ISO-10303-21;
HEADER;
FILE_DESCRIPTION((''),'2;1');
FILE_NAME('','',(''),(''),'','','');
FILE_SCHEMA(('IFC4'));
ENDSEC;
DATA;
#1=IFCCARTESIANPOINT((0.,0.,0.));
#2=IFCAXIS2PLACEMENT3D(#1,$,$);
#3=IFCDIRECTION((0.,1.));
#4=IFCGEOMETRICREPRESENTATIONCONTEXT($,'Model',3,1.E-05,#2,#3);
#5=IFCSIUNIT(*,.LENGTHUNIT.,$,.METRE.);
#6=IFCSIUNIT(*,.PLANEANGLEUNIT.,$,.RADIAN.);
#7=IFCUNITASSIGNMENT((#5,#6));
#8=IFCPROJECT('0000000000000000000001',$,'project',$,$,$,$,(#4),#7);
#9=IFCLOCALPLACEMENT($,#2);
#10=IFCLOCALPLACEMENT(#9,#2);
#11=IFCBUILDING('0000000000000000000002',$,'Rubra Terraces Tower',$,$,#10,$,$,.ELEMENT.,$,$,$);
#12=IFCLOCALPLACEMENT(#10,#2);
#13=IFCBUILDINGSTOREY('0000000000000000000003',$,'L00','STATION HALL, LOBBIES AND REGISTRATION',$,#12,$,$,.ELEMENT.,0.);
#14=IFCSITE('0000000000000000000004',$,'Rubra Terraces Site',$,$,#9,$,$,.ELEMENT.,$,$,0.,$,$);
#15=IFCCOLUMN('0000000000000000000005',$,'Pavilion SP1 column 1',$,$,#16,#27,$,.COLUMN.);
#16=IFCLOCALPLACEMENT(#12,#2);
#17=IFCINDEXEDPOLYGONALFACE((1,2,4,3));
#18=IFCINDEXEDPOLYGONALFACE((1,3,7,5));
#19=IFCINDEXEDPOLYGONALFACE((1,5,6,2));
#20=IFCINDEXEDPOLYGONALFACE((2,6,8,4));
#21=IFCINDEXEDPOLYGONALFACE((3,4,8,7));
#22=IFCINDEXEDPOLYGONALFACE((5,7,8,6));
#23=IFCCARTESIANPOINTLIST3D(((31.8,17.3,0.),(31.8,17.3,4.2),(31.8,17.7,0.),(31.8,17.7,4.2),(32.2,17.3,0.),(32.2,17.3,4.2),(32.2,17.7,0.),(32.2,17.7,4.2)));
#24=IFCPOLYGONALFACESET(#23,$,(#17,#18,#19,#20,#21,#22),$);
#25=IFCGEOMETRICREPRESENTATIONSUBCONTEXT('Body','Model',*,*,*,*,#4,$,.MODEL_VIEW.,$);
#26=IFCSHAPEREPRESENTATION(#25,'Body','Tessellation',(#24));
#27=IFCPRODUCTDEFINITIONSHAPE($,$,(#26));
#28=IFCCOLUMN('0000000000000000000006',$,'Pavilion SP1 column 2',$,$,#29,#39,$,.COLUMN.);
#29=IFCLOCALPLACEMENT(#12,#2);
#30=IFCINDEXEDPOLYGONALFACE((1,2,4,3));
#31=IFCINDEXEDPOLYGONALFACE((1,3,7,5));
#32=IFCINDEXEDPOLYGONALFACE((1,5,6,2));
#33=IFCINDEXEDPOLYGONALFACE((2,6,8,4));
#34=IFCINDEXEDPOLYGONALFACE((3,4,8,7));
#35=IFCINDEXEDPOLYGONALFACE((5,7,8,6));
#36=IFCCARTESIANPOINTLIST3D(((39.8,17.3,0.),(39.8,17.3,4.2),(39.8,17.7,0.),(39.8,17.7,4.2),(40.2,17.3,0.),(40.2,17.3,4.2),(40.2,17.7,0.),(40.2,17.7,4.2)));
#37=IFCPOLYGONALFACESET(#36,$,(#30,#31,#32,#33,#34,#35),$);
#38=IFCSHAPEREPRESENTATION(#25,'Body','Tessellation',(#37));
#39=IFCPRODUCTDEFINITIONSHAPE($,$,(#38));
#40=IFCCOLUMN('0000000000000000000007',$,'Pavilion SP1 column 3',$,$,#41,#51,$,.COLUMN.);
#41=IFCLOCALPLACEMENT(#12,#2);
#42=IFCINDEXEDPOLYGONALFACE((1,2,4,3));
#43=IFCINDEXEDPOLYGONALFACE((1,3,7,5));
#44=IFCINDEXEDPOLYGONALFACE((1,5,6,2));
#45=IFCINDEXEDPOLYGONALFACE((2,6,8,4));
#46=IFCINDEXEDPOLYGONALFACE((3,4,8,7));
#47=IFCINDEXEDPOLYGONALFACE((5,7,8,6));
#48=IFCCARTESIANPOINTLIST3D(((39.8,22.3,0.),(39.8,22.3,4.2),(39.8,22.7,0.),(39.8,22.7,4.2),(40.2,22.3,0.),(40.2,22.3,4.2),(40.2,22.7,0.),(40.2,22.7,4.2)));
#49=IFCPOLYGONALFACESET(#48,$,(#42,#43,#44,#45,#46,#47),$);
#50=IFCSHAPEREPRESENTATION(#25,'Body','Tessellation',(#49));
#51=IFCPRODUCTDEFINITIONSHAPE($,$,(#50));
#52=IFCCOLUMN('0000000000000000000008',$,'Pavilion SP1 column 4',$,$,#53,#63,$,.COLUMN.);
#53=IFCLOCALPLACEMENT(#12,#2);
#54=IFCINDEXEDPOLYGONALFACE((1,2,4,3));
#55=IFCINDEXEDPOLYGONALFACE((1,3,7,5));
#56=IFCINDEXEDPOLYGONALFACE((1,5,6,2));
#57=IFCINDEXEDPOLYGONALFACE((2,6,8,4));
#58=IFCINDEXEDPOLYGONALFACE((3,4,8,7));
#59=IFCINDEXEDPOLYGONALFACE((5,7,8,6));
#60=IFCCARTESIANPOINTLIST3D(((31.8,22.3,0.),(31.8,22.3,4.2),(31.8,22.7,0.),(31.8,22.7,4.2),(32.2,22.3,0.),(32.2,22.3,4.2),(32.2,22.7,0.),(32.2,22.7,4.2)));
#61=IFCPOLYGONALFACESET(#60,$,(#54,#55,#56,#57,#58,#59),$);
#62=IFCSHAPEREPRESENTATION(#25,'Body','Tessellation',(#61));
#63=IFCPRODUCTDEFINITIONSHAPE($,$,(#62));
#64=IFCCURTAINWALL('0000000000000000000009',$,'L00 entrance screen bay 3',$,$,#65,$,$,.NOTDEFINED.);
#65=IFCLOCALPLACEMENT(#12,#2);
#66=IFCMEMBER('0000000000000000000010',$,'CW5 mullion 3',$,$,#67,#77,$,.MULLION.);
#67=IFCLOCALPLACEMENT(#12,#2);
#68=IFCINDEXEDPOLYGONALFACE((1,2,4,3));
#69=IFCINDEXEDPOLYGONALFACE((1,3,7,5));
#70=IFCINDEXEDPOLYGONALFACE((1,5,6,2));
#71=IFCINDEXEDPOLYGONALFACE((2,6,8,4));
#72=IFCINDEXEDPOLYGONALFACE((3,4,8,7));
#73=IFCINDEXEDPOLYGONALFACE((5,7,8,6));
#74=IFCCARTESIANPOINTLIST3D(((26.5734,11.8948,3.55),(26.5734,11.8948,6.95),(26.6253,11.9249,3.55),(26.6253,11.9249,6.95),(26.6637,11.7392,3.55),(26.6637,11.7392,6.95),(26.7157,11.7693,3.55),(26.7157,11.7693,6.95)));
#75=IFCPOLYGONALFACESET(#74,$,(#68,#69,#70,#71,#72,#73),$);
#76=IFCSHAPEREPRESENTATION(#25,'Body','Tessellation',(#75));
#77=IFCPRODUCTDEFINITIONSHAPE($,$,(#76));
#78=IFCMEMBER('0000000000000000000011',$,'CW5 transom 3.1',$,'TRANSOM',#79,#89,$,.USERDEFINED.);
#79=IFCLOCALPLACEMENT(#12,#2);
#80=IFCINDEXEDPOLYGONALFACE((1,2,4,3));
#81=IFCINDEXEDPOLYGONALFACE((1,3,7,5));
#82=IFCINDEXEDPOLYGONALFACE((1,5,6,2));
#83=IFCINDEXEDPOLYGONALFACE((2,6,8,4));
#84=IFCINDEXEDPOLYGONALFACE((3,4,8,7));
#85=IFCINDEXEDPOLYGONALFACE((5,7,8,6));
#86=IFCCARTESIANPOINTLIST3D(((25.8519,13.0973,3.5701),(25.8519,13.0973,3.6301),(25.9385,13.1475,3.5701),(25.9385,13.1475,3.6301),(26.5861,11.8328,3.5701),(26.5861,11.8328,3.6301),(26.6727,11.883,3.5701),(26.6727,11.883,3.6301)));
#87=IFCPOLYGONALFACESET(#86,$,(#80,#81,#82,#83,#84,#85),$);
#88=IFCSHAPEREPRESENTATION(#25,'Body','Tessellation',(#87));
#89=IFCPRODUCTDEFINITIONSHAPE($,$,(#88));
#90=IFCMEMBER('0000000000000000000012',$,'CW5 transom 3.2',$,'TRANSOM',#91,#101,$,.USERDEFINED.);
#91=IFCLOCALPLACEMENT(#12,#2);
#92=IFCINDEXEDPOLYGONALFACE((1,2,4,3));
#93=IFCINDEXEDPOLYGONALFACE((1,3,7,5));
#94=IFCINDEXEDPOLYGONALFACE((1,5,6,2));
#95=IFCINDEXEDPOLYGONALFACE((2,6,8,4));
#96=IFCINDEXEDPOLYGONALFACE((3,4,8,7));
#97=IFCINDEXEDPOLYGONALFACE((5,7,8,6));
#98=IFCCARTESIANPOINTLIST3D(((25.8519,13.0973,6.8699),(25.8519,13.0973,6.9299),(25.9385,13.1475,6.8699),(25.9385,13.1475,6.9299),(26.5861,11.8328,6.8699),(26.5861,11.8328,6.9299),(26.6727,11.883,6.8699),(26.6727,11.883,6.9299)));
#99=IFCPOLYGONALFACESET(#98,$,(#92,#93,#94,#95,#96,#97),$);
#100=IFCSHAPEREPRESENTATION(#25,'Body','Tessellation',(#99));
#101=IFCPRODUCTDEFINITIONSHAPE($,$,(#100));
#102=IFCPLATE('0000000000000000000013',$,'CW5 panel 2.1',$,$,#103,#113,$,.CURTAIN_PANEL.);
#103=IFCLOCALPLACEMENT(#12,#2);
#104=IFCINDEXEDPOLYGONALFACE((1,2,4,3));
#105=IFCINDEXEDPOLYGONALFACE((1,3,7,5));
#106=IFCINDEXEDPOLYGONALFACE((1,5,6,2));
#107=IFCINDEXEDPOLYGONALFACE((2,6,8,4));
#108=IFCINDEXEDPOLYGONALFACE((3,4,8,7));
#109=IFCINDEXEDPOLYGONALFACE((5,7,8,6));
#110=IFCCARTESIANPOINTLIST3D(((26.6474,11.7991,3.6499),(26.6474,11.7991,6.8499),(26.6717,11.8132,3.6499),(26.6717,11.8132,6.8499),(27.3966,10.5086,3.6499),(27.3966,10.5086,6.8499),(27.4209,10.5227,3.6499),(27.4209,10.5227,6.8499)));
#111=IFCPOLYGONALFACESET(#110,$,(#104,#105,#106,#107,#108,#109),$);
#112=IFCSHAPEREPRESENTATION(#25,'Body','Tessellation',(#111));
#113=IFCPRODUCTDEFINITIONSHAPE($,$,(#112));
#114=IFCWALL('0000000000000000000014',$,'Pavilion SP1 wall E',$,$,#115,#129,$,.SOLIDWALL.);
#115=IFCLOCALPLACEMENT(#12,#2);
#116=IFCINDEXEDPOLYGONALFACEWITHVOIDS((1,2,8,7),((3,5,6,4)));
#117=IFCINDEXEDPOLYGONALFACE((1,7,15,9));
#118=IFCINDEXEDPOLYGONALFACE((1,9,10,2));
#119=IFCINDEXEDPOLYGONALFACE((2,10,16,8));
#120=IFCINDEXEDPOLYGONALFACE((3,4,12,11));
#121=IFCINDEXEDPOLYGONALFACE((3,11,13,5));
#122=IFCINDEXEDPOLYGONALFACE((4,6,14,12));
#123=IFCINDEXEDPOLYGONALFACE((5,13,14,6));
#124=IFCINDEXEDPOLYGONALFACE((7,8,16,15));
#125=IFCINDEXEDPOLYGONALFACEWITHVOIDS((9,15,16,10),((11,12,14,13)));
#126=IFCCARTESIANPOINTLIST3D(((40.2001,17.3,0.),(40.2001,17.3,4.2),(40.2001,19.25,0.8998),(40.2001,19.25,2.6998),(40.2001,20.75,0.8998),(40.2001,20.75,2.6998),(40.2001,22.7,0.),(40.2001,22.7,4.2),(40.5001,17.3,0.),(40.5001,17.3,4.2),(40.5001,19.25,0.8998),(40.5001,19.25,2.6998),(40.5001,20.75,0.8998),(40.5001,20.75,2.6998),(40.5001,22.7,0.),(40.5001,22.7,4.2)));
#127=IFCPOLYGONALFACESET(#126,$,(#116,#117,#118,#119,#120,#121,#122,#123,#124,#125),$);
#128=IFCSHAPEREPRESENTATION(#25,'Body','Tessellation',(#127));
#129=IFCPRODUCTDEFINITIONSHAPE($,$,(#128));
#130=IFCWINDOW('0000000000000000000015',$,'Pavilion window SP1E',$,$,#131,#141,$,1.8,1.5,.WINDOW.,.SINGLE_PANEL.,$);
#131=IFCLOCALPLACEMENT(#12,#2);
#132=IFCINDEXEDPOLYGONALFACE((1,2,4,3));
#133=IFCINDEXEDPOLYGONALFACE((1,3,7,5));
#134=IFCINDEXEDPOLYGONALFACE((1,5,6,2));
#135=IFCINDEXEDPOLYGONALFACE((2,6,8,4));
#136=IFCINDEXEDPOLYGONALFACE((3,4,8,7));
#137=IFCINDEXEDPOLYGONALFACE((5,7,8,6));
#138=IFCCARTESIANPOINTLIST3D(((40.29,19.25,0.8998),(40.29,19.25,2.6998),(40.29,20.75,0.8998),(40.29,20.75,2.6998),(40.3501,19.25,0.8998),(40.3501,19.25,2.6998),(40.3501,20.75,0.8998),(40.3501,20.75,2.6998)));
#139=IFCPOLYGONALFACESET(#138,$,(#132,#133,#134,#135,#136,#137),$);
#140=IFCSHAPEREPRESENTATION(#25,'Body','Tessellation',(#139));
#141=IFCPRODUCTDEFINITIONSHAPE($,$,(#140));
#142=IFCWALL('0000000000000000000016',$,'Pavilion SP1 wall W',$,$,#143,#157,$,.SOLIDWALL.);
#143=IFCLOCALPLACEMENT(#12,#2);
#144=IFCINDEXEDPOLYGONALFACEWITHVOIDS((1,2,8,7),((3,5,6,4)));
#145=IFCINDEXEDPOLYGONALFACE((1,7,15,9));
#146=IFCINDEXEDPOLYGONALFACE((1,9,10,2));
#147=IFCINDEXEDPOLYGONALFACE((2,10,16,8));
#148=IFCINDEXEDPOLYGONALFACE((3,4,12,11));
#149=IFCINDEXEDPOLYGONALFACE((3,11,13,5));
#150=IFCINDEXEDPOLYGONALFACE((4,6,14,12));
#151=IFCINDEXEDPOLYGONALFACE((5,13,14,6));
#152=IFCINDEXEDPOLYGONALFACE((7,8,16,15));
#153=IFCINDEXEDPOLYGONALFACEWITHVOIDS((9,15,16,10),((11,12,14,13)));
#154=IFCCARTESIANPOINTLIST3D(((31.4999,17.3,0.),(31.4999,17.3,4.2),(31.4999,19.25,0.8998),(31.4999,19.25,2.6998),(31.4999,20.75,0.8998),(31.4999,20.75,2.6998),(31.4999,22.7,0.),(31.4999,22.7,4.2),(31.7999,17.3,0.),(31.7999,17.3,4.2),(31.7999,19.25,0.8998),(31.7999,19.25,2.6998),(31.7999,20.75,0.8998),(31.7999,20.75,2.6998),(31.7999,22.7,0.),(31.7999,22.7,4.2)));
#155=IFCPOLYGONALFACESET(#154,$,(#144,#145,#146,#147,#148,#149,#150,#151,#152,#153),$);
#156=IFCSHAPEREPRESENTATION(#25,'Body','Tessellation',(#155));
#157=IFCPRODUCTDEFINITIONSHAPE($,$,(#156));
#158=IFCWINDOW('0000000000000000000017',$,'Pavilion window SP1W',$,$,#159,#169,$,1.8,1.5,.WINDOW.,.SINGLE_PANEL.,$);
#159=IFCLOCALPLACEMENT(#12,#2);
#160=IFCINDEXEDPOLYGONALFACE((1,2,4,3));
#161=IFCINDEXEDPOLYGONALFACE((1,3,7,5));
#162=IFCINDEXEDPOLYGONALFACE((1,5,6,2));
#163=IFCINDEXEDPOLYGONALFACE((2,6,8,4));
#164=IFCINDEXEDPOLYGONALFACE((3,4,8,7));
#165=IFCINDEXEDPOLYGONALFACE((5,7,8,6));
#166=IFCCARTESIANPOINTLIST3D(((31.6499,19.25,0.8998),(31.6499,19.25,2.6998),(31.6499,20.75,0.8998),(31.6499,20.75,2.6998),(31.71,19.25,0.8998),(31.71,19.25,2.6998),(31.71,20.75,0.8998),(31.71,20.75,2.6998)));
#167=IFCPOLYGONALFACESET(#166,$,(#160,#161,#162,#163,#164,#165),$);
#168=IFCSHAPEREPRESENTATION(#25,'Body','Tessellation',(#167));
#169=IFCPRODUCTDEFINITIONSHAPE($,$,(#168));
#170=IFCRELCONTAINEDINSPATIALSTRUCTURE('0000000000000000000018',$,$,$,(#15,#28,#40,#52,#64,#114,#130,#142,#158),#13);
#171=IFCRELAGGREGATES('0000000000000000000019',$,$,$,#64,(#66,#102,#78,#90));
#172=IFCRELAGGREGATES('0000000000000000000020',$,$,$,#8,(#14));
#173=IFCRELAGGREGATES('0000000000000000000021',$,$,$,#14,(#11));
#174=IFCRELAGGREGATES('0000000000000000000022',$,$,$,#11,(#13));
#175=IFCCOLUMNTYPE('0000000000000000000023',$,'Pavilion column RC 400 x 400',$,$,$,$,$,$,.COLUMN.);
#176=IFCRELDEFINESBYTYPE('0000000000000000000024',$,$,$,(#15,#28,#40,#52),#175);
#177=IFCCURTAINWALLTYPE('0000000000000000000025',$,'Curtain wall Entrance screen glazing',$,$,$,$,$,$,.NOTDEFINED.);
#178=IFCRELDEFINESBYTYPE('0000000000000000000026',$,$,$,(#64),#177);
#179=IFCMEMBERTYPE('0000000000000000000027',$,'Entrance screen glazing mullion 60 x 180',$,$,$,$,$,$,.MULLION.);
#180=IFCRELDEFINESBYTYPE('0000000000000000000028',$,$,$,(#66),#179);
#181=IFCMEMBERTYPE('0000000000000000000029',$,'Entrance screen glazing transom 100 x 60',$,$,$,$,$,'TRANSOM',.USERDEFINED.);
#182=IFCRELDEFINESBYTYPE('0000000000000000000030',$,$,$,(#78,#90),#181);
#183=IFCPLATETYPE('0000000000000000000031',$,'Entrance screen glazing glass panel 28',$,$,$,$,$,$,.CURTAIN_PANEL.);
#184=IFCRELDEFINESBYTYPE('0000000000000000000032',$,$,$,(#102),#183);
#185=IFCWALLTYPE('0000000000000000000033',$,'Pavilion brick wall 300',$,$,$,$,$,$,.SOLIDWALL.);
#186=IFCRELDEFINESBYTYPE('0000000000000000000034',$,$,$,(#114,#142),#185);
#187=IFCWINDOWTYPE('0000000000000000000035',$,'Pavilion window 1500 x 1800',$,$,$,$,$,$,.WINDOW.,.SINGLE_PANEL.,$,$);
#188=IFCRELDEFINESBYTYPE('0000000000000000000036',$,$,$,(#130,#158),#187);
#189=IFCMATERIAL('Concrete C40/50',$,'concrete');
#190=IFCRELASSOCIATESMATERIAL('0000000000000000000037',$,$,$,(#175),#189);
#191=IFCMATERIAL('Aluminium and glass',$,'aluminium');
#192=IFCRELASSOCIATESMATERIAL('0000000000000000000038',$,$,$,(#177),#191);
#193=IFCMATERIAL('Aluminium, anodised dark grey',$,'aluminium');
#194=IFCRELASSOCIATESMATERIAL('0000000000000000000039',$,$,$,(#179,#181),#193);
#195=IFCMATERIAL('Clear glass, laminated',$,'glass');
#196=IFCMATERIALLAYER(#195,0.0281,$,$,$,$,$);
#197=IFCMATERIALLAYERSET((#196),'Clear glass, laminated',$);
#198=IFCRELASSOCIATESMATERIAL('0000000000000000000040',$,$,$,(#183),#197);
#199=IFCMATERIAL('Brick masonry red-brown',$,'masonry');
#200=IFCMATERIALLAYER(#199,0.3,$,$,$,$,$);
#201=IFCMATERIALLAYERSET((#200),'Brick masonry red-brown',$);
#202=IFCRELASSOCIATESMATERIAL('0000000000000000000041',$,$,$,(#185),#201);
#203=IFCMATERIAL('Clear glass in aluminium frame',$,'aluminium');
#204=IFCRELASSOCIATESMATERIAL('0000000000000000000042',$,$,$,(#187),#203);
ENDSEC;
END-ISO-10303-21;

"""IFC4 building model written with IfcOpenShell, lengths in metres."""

from ifc_helpers import new_model, si_unit, direction, frame, frame_2d, origin, origin_2d, place, context, subcontext, project, spatial, rectangle, extrude, material, layer, layer_set, material_profile, profile_set, type_object, element, fill, aggregate, save


model = new_model("IFC4")

# Units and contexts
model_context = context("Model", 3, precision=1e-05, world=origin(), true_north=direction((0.0, 1.0)))
body_context = subcontext(model_context, "Body", "Model", "MODEL_VIEW")
ifc_project = project(units=[si_unit("LENGTHUNIT", "METRE"), si_unit("PLANEANGLEUNIT", "RADIAN")], contexts=[model_context])

# Site, building, storey
site_placement = place(None, origin())
site = spatial("IfcSite", under=ifc_project, at=site_placement, Name="Rubra Terraces Site", CompositionType="ELEMENT", RefElevation=0.0)
building_placement = place(site_placement, origin())
building = spatial("IfcBuilding", under=site, at=building_placement, Name="Rubra Terraces Tower", CompositionType="ELEMENT")
storey_placement = place(building_placement, origin())
storey = spatial("IfcBuildingStorey", under=building, at=storey_placement, Name="L00", Description="STATION HALL, LOBBIES AND REGISTRATION", CompositionType="ELEMENT", Elevation=0.0)

# Columns
ifc_material_1 = material(Name="Concrete C40/50", Category="concrete")
ifc_material_profile_1 = material_profile(ifc_material_1, rectangle(XDim=0.3999, YDim=0.3999, at=origin_2d()), Name="RC 400x400")
ifc_profile_set_1 = profile_set([ifc_material_profile_1], Name="Concrete C40/50")
column_type = type_object("IfcColumnType", Name="Pavilion column RC 400 x 400", PredefinedType="COLUMN", material=ifc_profile_set_1)
for number, where, z_axis, x_axis, name in (
    (1, (32.0, 17.5, 0.0), (0.0, 0.0, 1.0), (1.0, 0.0, 0.0), "Pavilion SP1 column 1"),
    (2, (40.0, 17.5, 0.0), (0.0, 0.0, 1.0), (1.0, 0.0, 0.0), "Pavilion SP1 column 2"),
    (3, (40.0, 22.5, 0.0), (0.0, 0.0, 1.0), (1.0, 0.0, 0.0), "Pavilion SP1 column 3"),
    (4, (32.0, 22.5, 0.0), (0.0, 0.0, 1.0), (1.0, 0.0, 0.0), "Pavilion SP1 column 4"),
):
    element("IfcColumn", number, at=place(storey_placement, frame(where, z_axis=z_axis, x_axis=x_axis)), inside=storey, type_object=column_type, Name=name, PredefinedType="COLUMN", context=body_context, shape_type="SweptSolid", body=[
        extrude(rectangle(XDim=0.3999, YDim=0.3999, at=origin_2d()), origin(), (0.0, 0.0, 1.0), 4.2),
    ])

# Curtain wall, members, plate
ifc_material_2 = material(Name="Aluminium and glass", Category="aluminium")
curtain_wall_type = type_object("IfcCurtainWallType", Name="Curtain wall Entrance screen glazing", PredefinedType="NOTDEFINED", material=ifc_material_2)
curtain_wall_placement = place(storey_placement, origin())
curtain_wall = element("IfcCurtainWall", 5, at=curtain_wall_placement, inside=storey, type_object=curtain_wall_type, Name="L00 entrance screen bay 3", PredefinedType="NOTDEFINED")
ifc_material_3 = material(Name="Aluminium, anodised dark grey", Category="aluminium")
ifc_material_profile_2 = material_profile(ifc_material_3, rectangle(XDim=0.0601, YDim=0.1799, at=origin_2d()), Name="AL 60x180")
ifc_profile_set_2 = profile_set([ifc_material_profile_2], Name="Aluminium, anodised dark grey")
member_type_1 = type_object("IfcMemberType", Name="Entrance screen glazing mullion 60 x 180", PredefinedType="MULLION", material=ifc_profile_set_2)
member_1_placement = place(storey_placement, frame((26.6445, 11.832, 3.55), z_axis=(0.0, 0.0, 1.0), x_axis=(-0.864813, -0.502094, 0.0)))
member_1 = element("IfcMember", 6, at=member_1_placement, type_object=member_type_1, Name="CW5 mullion 3", PredefinedType="MULLION", context=body_context, shape_type="SweptSolid", body=[
    extrude(rectangle(XDim=0.0601, YDim=0.1799, at=origin_2d()), origin(), (0.0, 0.0, 1.0), 3.3999),
])
ifc_material_profile_3 = material_profile(ifc_material_3, rectangle(XDim=0.1001, YDim=0.0601, at=origin_2d()), Name="AL 100x60")
ifc_profile_set_3 = profile_set([ifc_material_profile_3], Name="Aluminium, anodised dark grey")
member_type_2 = type_object("IfcMemberType", Name="Entrance screen glazing transom 100 x 60", ElementType="TRANSOM", PredefinedType="USERDEFINED", material=ifc_profile_set_3)
member_2_placement = place(storey_placement, frame((26.6294, 11.8579, 3.6001), z_axis=(-0.502115, 0.864801, 0.0), x_axis=(-0.864801, -0.502115, 0.0)))
member_2 = element("IfcMember", 7, at=member_2_placement, type_object=member_type_2, Name="CW5 transom 3.1", ObjectType="TRANSOM", PredefinedType="USERDEFINED", context=body_context, shape_type="SweptSolid", body=[
    extrude(rectangle(XDim=0.1001, YDim=0.0601, at=origin_2d()), origin(), (0.0, 0.0, 1.0), 1.4622),
])
member_3_placement = place(storey_placement, frame((26.6294, 11.8579, 6.8999), z_axis=(-0.502115, 0.864801, 0.0), x_axis=(-0.864801, -0.502115, 0.0)))
member_3 = element("IfcMember", 8, at=member_3_placement, type_object=member_type_2, Name="CW5 transom 3.2", ObjectType="TRANSOM", PredefinedType="USERDEFINED", context=body_context, shape_type="SweptSolid", body=[
    extrude(rectangle(XDim=0.1001, YDim=0.0601, at=origin_2d()), origin(), (0.0, 0.0, 1.0), 1.4622),
])
ifc_material_4 = material(Name="Clear glass, laminated", Category="glass")
ifc_layer_1 = layer(ifc_material_4, 0.0281)
ifc_layer_set_1 = layer_set([ifc_layer_1], Name="Clear glass, laminated")
plate_type = type_object("IfcPlateType", Name="Entrance screen glazing glass panel 28", PredefinedType="CURTAIN_PANEL", material=ifc_layer_set_1)
plate_placement = place(storey_placement, frame((27.0342, 11.1609, 3.6499), z_axis=(0.0, 0.0, 1.0), x_axis=(-0.502094, 0.864813, 0.0)))
plate = element("IfcPlate", 9, at=plate_placement, type_object=plate_type, Name="CW5 panel 2.1", PredefinedType="CURTAIN_PANEL", context=body_context, shape_type="SweptSolid", body=[
    extrude(rectangle(XDim=1.4922, YDim=0.0281, at=origin_2d()), origin(), (0.0, 0.0, 1.0), 3.2),
])
aggregate(curtain_wall, [member_1, plate, member_2, member_3])

# Shared definitions
ifc_material_5 = material(Name="Brick masonry red-brown", Category="masonry")
ifc_layer_2 = layer(ifc_material_5, 0.3)
ifc_layer_set_2 = layer_set([ifc_layer_2], Name="Brick masonry red-brown")
wall_type = type_object("IfcWallType", Name="Pavilion brick wall 300", PredefinedType="SOLIDWALL", material=ifc_layer_set_2)

# Wall, opening, window
wall_1_placement = place(storey_placement, frame((40.3501, 17.3, 0.0), z_axis=(0.0, 0.0, 1.0), x_axis=(0.0, 1.0, 0.0)))
wall_1 = element("IfcWall", 10, at=wall_1_placement, inside=storey, type_object=wall_type, Name="Pavilion SP1 wall E", PredefinedType="SOLIDWALL", context=body_context, shape_type="SweptSolid", body=[
    extrude(rectangle(XDim=5.3999, YDim=0.3, at=frame_2d((2.7, 0.0))), origin(), (0.0, 0.0, 1.0), 4.2),
])
opening_1_placement = place(wall_1_placement, frame((1.95, 0.0, 0.8999)))
opening_1 = element("IfcOpeningElement", 11, at=opening_1_placement, cuts=wall_1, PredefinedType="OPENING", context=body_context, shape_type="SweptSolid", body=[
    extrude(rectangle(XDim=1.5, YDim=1.8, at=frame_2d((0.75, 0.8999))), frame((0.0, 0.1599, 0.0), z_axis=(0.0, -1.0, 0.0), x_axis=(1.0, 0.0, 0.0)), (0.0, 0.0, 1.0), 0.3201),
])
ifc_material_6 = material(Name="Clear glass in aluminium frame", Category="aluminium")
window_type = type_object("IfcWindowType", Name="Pavilion window 1500 x 1800", PartitioningType="SINGLE_PANEL", PredefinedType="WINDOW", material=ifc_material_6)
window_1_placement = place(opening_1_placement, origin())
window_1 = element("IfcWindow", 12, at=window_1_placement, inside=storey, type_object=window_type, Name="Pavilion window SP1E", OverallHeight=1.8, OverallWidth=1.5, PartitioningType="SINGLE_PANEL", PredefinedType="WINDOW", context=body_context, shape_type="SweptSolid", body=[
    extrude(rectangle(XDim=1.5, YDim=1.8, at=frame_2d((0.75, 0.8999))), frame((0.0, 0.0601, 0.0), z_axis=(0.0, -1.0, 0.0), x_axis=(1.0, 0.0, 0.0)), (0.0, 0.0, 1.0), 0.0601),
])
fill(opening_1, window_1)

# Wall, opening, window
wall_2_placement = place(storey_placement, frame((31.6499, 22.7, 0.0), z_axis=(0.0, 0.0, 1.0), x_axis=(0.0, -1.0, 0.0)))
wall_2 = element("IfcWall", 13, at=wall_2_placement, inside=storey, type_object=wall_type, Name="Pavilion SP1 wall W", PredefinedType="SOLIDWALL", context=body_context, shape_type="SweptSolid", body=[
    extrude(rectangle(XDim=5.3999, YDim=0.3, at=frame_2d((2.7, 0.0))), origin(), (0.0, 0.0, 1.0), 4.2),
])
opening_2_placement = place(wall_2_placement, frame((1.95, 0.0, 0.8999)))
opening_2 = element("IfcOpeningElement", 14, at=opening_2_placement, cuts=wall_2, PredefinedType="OPENING", context=body_context, shape_type="SweptSolid", body=[
    extrude(rectangle(XDim=1.5, YDim=1.8, at=frame_2d((0.75, 0.8999))), frame((0.0, 0.1599, 0.0), z_axis=(0.0, -1.0, 0.0), x_axis=(1.0, 0.0, 0.0)), (0.0, 0.0, 1.0), 0.3201),
])
window_2_placement = place(opening_2_placement, origin())
window_2 = element("IfcWindow", 15, at=window_2_placement, inside=storey, type_object=window_type, Name="Pavilion window SP1W", OverallHeight=1.8, OverallWidth=1.5, PartitioningType="SINGLE_PANEL", PredefinedType="WINDOW", context=body_context, shape_type="SweptSolid", body=[
    extrude(rectangle(XDim=1.5, YDim=1.8, at=frame_2d((0.75, 0.8999))), frame((0.0, 0.0601, 0.0), z_axis=(0.0, -1.0, 0.0), x_axis=(1.0, 0.0, 0.0)), (0.0, 0.0, 1.0), 0.0601),
])
fill(opening_2, window_2)

save(model, "model.ifc")
